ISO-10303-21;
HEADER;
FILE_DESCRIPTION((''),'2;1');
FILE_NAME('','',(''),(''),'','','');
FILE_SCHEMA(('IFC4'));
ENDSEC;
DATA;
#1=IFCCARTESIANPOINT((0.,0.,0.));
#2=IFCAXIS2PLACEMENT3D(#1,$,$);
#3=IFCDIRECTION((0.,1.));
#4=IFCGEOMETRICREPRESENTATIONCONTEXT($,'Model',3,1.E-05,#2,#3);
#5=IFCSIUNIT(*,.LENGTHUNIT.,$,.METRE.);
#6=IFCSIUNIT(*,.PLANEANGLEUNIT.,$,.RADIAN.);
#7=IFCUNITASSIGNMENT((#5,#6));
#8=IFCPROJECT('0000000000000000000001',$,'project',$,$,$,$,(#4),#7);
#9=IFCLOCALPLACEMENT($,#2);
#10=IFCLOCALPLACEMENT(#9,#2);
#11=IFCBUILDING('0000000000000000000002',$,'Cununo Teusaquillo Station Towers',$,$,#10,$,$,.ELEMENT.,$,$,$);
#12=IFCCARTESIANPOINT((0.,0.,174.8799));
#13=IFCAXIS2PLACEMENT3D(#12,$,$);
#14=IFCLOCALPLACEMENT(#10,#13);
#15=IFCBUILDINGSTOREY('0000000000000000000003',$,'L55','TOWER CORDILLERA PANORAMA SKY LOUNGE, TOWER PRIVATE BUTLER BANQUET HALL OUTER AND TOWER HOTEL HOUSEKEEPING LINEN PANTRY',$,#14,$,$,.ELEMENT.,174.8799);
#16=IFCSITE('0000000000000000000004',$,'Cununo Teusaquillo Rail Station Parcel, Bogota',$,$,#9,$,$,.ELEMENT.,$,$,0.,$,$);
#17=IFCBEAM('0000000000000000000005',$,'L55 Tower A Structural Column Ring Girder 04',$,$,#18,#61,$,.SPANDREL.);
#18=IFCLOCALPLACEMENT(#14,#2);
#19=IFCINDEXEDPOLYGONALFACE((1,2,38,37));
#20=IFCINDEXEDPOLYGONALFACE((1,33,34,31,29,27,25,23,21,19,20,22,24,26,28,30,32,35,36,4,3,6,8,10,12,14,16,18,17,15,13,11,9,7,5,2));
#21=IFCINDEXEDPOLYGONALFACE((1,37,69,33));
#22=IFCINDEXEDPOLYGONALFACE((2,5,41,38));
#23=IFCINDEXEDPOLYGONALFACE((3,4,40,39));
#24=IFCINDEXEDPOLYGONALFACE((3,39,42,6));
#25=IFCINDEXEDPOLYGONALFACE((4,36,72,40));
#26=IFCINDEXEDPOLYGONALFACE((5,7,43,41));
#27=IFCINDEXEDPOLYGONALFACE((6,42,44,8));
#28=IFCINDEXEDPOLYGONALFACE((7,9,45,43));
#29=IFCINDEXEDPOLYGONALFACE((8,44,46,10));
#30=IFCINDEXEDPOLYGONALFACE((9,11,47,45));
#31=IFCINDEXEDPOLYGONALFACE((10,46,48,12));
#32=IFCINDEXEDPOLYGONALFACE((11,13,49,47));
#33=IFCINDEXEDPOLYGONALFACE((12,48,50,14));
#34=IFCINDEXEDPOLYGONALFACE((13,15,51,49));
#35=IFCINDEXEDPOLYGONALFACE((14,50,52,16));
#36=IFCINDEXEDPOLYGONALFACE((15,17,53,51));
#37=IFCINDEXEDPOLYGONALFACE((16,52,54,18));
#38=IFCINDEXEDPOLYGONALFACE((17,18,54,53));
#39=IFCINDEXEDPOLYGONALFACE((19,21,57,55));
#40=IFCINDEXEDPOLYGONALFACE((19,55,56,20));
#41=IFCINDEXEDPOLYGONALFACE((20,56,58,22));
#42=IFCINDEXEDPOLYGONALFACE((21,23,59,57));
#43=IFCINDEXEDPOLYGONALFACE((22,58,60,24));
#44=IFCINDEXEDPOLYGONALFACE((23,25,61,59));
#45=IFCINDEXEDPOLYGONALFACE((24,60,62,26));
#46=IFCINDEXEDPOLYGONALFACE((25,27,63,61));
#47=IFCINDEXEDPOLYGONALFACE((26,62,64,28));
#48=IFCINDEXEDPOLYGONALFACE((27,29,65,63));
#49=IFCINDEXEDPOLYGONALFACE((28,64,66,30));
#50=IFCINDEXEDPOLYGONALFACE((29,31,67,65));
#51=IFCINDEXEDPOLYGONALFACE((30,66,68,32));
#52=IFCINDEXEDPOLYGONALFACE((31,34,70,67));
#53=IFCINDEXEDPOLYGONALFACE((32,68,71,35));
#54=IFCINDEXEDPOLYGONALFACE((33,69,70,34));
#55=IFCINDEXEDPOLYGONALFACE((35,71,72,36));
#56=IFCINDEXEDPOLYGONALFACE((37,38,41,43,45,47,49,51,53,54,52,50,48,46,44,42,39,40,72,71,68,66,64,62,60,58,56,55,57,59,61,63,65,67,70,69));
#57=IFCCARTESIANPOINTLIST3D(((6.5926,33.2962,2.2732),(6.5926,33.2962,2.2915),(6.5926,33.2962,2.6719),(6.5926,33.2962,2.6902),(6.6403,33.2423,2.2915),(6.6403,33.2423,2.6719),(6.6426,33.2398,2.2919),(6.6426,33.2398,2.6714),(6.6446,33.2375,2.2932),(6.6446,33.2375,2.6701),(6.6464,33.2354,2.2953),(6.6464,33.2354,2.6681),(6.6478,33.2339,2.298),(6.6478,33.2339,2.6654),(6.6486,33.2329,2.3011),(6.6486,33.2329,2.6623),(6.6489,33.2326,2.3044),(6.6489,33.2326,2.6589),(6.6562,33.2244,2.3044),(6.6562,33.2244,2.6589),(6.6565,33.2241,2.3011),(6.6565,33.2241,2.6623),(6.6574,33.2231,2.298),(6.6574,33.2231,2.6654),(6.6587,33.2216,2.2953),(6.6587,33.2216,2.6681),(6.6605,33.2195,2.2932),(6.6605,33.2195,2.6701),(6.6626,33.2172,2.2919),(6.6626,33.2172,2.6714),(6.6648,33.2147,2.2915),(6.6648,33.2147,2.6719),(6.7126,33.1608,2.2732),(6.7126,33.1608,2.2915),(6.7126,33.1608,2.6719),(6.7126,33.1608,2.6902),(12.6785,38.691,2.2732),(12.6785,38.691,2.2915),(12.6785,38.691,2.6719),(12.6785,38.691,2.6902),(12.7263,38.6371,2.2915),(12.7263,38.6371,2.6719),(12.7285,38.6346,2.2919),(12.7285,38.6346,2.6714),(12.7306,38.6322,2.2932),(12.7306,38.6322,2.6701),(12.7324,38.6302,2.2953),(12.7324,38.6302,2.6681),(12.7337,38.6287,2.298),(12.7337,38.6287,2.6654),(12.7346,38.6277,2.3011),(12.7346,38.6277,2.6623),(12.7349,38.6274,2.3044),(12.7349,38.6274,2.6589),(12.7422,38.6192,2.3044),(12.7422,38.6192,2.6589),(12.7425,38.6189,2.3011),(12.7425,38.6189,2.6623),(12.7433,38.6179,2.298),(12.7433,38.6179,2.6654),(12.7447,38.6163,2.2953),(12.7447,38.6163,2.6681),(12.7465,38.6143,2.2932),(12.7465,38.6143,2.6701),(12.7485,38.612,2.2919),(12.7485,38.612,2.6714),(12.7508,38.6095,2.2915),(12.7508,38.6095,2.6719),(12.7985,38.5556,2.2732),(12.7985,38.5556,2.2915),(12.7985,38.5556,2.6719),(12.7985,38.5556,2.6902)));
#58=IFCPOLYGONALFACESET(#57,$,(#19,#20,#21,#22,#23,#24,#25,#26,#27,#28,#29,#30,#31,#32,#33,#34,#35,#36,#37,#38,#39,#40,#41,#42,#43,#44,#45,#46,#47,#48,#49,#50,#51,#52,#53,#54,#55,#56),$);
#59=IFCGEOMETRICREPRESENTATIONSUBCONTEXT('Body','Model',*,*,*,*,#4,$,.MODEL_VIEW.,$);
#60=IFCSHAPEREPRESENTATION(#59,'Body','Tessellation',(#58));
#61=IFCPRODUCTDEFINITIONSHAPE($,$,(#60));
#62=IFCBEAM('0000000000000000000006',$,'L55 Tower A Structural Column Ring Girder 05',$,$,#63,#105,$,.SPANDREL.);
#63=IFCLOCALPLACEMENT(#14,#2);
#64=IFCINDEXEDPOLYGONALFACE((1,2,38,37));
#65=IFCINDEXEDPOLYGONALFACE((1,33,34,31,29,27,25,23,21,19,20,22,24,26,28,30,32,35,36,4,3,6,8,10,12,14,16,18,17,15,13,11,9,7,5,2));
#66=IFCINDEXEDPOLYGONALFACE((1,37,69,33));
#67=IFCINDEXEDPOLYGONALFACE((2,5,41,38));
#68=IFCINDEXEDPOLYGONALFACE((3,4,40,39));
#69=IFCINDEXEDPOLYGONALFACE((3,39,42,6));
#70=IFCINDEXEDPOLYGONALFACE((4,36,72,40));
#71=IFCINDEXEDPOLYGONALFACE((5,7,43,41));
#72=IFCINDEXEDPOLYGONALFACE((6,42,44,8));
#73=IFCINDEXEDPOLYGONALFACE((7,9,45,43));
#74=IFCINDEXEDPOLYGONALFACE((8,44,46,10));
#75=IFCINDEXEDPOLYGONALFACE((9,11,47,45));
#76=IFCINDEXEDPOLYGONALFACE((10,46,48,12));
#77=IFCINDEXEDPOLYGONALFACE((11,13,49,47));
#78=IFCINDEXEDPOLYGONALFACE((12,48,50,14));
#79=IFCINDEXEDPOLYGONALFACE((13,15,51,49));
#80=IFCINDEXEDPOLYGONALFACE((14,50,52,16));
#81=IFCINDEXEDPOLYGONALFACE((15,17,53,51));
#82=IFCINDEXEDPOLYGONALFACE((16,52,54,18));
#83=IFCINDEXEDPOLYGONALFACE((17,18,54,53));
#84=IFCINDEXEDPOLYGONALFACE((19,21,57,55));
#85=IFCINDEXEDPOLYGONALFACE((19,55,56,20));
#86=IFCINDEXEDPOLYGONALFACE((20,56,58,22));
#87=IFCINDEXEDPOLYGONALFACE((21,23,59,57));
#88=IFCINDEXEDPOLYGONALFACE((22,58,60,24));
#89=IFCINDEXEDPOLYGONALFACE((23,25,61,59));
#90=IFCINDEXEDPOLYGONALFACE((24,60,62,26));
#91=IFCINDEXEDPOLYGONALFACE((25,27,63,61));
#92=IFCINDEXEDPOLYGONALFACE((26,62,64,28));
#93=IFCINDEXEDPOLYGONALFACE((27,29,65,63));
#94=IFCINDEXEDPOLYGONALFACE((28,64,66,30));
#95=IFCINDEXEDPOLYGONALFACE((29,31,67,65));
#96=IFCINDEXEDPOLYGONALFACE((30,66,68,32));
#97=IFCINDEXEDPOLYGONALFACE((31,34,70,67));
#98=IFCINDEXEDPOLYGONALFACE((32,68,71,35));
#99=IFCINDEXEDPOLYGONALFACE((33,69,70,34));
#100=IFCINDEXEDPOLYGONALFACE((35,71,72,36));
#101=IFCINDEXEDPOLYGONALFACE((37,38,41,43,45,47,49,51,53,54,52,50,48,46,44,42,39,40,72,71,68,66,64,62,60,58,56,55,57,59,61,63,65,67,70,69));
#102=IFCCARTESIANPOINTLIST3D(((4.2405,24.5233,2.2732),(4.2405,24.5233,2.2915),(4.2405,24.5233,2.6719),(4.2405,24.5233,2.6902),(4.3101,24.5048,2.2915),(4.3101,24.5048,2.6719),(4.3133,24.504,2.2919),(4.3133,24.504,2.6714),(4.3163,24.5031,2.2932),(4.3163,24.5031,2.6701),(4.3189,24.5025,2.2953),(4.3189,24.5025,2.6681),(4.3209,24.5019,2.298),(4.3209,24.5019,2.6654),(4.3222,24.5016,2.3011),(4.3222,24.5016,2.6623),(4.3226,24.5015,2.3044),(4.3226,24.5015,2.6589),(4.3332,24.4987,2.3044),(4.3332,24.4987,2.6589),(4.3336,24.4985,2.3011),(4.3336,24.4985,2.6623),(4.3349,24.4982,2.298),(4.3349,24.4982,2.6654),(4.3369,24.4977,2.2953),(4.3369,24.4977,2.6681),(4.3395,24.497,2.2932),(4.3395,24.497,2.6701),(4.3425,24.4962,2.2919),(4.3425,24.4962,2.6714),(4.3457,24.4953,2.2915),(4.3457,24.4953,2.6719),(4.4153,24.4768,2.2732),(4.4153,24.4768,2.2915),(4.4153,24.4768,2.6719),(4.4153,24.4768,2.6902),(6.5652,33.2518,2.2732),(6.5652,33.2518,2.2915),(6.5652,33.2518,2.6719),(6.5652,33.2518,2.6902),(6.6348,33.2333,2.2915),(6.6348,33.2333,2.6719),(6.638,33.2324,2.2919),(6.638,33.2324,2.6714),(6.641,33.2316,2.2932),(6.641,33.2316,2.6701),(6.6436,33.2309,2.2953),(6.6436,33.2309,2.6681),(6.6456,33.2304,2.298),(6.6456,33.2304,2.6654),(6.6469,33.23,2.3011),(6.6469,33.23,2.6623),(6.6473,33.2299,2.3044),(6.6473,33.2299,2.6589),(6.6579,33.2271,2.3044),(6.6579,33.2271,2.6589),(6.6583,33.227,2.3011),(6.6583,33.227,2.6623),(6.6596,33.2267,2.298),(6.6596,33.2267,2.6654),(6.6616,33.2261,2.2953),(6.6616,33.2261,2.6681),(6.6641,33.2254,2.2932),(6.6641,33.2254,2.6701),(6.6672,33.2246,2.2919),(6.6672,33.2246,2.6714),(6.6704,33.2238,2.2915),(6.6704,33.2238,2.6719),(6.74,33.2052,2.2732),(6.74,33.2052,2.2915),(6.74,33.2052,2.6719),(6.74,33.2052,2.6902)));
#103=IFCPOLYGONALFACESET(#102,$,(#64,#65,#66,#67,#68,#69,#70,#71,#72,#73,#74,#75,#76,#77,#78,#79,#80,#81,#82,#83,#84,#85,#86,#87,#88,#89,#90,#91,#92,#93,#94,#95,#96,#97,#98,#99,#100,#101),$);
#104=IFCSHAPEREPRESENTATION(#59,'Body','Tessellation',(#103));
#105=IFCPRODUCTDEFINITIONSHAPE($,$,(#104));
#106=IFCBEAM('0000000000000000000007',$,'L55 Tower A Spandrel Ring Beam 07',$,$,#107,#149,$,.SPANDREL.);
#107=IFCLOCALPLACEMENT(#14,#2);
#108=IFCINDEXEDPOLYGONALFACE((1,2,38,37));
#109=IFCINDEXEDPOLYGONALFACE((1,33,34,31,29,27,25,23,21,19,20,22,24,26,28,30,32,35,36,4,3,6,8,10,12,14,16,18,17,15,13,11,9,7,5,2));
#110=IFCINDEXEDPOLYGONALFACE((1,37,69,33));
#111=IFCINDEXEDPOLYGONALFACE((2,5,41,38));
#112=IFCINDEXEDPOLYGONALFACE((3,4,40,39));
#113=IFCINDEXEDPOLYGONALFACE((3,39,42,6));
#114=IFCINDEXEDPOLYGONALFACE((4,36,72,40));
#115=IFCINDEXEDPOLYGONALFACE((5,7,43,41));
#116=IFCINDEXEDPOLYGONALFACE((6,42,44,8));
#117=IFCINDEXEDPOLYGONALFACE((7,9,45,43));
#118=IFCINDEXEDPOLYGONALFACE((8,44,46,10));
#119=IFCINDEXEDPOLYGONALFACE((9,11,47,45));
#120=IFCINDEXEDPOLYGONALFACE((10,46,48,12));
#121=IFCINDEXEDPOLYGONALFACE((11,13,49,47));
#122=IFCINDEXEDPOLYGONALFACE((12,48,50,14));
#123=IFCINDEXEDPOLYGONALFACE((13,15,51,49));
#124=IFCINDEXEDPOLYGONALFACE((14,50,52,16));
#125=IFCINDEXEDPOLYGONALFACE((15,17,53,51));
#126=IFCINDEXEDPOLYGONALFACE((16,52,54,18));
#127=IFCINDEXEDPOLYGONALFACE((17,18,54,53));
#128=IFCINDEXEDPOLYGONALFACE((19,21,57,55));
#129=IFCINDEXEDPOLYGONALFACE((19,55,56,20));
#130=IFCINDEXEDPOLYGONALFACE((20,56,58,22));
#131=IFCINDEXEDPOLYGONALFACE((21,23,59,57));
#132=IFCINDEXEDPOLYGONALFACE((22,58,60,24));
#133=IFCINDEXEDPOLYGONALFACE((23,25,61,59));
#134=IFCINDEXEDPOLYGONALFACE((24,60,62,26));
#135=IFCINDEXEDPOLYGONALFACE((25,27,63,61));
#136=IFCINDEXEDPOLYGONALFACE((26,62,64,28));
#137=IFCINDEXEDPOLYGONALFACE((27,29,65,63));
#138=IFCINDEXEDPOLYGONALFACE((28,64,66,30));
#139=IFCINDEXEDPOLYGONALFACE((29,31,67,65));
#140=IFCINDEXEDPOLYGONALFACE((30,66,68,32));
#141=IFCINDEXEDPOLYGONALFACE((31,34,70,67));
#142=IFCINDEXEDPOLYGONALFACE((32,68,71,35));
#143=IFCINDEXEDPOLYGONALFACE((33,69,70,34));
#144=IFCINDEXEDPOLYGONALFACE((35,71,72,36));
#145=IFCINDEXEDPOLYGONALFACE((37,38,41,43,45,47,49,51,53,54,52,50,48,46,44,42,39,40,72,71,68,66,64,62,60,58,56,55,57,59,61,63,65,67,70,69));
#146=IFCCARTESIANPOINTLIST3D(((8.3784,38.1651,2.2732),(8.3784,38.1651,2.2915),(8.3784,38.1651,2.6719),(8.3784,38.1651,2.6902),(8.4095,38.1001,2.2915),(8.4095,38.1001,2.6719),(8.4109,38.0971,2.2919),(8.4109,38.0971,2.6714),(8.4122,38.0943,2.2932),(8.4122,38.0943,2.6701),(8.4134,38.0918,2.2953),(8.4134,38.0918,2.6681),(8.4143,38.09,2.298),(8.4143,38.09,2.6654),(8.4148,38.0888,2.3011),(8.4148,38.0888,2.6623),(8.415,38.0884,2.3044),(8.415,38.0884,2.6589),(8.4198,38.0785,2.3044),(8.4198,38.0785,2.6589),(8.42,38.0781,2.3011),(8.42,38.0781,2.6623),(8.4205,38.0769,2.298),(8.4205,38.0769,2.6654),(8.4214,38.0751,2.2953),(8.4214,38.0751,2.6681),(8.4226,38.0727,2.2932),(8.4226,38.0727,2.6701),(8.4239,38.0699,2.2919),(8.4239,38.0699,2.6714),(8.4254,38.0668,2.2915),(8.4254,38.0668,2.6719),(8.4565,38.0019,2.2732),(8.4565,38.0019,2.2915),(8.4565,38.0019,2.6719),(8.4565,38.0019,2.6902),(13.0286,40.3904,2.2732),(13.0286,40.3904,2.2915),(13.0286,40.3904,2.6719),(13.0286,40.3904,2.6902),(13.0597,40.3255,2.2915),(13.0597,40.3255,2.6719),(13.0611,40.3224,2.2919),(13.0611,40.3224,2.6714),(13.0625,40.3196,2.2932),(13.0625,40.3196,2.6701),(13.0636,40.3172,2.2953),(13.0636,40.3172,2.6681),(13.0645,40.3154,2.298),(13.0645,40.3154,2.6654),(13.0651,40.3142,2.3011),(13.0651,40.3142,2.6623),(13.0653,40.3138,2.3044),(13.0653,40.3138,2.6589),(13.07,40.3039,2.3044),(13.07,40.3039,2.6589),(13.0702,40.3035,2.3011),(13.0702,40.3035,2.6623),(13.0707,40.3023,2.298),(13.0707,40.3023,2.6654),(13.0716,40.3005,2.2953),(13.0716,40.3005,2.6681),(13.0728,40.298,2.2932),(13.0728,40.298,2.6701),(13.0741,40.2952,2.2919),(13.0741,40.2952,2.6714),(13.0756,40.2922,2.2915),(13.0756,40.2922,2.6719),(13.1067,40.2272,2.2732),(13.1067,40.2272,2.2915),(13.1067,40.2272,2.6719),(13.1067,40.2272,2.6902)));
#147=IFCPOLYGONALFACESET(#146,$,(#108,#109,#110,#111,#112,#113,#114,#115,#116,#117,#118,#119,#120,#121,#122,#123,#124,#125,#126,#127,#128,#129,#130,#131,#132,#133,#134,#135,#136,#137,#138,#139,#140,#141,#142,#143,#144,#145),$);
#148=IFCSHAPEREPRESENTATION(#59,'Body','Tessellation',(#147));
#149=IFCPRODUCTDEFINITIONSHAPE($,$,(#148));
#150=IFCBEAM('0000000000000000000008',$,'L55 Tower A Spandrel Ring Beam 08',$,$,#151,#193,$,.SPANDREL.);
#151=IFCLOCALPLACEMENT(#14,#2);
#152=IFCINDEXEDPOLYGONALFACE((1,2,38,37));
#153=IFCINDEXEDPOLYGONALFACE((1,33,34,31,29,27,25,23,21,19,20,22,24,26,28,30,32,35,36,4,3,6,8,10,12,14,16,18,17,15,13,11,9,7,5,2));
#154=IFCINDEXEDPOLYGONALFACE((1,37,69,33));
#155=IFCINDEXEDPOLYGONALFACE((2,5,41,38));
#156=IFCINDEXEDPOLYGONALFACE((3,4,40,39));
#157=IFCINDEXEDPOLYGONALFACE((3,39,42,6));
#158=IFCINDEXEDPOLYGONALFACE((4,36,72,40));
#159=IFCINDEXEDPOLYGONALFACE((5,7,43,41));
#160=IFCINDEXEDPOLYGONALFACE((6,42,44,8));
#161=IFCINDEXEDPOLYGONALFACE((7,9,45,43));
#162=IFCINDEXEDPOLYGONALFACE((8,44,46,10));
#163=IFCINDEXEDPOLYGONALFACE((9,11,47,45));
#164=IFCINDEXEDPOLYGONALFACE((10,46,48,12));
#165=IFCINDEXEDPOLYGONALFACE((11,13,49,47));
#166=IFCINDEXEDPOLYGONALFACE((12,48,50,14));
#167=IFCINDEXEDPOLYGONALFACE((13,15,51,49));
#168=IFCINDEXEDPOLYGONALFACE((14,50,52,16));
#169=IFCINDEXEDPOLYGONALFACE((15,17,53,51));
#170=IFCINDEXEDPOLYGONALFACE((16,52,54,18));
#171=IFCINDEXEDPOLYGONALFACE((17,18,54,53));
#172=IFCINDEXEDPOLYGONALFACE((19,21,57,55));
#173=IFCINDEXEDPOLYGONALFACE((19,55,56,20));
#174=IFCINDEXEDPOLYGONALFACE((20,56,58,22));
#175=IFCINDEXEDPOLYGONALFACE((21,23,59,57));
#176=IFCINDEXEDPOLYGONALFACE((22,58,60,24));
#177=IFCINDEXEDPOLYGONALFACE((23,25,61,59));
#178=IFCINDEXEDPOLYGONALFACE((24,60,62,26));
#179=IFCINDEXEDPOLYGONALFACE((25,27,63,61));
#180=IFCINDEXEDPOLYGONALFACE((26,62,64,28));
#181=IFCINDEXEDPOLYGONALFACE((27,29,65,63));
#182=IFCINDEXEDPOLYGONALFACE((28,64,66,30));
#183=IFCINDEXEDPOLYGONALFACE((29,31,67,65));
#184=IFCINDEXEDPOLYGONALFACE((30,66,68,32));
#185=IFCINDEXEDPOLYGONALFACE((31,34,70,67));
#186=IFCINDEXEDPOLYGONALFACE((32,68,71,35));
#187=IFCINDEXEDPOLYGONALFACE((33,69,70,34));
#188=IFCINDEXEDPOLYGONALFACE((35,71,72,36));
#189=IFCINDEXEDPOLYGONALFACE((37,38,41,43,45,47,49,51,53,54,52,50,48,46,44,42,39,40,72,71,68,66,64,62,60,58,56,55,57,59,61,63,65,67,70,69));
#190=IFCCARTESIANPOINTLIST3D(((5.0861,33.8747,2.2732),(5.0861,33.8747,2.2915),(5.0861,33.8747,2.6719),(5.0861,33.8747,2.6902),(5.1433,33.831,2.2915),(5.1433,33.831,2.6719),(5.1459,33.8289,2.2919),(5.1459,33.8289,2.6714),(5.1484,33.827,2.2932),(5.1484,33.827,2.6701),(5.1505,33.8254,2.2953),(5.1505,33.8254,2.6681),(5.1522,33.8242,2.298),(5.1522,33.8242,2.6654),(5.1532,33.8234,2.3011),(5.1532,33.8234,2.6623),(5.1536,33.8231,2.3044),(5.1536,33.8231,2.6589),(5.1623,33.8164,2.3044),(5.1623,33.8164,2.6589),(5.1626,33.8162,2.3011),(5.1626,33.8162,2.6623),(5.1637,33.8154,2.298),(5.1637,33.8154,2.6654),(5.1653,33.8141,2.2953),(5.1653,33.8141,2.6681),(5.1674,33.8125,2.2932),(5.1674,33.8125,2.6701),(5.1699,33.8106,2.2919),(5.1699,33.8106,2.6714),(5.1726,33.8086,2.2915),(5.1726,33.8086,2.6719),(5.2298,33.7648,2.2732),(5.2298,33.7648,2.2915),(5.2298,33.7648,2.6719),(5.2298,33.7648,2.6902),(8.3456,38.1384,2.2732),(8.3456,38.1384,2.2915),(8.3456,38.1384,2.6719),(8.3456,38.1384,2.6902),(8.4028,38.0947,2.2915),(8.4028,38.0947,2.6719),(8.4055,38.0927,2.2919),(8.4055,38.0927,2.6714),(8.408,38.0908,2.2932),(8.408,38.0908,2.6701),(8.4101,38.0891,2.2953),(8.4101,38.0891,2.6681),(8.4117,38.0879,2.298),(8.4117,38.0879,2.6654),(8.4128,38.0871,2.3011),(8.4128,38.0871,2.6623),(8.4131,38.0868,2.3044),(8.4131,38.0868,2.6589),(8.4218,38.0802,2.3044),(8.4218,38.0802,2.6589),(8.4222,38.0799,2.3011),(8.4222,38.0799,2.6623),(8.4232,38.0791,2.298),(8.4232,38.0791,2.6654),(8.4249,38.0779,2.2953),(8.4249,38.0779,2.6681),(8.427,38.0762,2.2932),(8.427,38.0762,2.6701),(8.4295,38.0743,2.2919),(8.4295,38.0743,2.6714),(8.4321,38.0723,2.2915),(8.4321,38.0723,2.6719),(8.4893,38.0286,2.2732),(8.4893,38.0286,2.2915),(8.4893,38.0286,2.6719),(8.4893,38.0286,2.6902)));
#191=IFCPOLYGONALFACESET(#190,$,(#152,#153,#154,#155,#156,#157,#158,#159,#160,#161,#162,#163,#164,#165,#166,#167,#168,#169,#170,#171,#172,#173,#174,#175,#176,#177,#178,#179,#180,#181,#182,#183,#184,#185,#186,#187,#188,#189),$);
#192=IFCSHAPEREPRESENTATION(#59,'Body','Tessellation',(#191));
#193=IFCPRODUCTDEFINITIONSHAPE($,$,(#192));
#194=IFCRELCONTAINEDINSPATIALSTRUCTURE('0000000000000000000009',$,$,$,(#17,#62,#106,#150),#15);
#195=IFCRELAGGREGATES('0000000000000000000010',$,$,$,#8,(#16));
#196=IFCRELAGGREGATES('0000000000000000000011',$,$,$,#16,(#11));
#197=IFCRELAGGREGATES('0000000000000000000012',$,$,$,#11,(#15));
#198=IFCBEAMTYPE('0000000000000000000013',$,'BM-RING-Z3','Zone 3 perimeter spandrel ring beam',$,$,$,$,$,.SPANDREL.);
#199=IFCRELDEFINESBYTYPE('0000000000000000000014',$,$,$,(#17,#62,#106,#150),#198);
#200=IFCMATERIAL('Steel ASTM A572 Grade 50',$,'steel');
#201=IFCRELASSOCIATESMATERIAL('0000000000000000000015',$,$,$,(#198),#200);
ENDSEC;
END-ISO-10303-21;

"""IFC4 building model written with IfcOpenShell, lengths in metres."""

from ifc_helpers import new_model, si_unit, direction, frame, origin, origin_2d, place, context, subcontext, project, spatial, i_section, extrude, material, material_profile, profile_set, type_object, element, save


model = new_model("IFC4")

# Units and contexts
model_context = context("Model", 3, precision=1e-05, world=origin(), true_north=direction((0.0, 1.0)))
body_context = subcontext(model_context, "Body", "Model", "MODEL_VIEW")
ifc_project = project(units=[si_unit("LENGTHUNIT", "METRE"), si_unit("PLANEANGLEUNIT", "RADIAN")], contexts=[model_context])

# Site, building, storey
site_placement = place(None, origin())
site = spatial("IfcSite", under=ifc_project, at=site_placement, Name="Cununo Teusaquillo Rail Station Parcel, Bogota", CompositionType="ELEMENT", RefElevation=0.0)
building_placement = place(site_placement, origin())
building = spatial("IfcBuilding", under=site, at=building_placement, Name="Cununo Teusaquillo Station Towers", CompositionType="ELEMENT")
storey_placement = place(building_placement, frame((0.0, 0.0, 174.8799)))
storey = spatial("IfcBuildingStorey", under=building, at=storey_placement, Name="L55", Description="TOWER CORDILLERA PANORAMA SKY LOUNGE, TOWER PRIVATE BUTLER BANQUET HALL OUTER AND TOWER HOTEL HOUSEKEEPING LINEN PANTRY", CompositionType="ELEMENT", Elevation=174.8799)

# Beams
ifc_material_1 = material(Name="Steel ASTM A572 Grade 50", Category="steel")
ifc_material_profile_1 = material_profile(ifc_material_1, i_section(OverallWidth=0.1809, OverallDepth=0.417, WebThickness=0.011, FlangeThickness=0.0183, FilletRadius=0.0129, at=origin_2d()), Name="W16X57")
ifc_profile_set_1 = profile_set([ifc_material_profile_1], Name="Steel ASTM A572 Grade 50")
beam_type_1 = type_object("IfcBeamType", Name="BM-RING-Z3", Description="Zone 3 perimeter spandrel ring beam", PredefinedType="SPANDREL", material=ifc_profile_set_1)
beam_1_placement = place(storey_placement, frame((12.7385, 38.6233, 2.4817), z_axis=(-0.748321, -0.663337, 0.0), x_axis=(0.663337, -0.748321, 0.0)))
element("IfcBeam", 1, at=beam_1_placement, inside=storey, type_object=beam_type_1, Name="L55 Tower A Structural Column Ring Girder 04", PredefinedType="SPANDREL", context=body_context, shape_type="SweptSolid", body=[
    extrude(i_section(OverallWidth=0.1809, OverallDepth=0.417, WebThickness=0.011, FlangeThickness=0.0183, FilletRadius=0.0129, at=origin_2d()), origin(), (0.0, 0.0, 1.0), 8.1328),
])
beam_2_placement = place(storey_placement, frame((6.6526, 33.2285, 2.4817), z_axis=(-0.257363, -0.966315, 0.0), x_axis=(0.966315, -0.257363, 0.0)))
element("IfcBeam", 2, at=beam_2_placement, inside=storey, type_object=beam_type_1, Name="L55 Tower A Structural Column Ring Girder 05", PredefinedType="SPANDREL", context=body_context, shape_type="SweptSolid", body=[
    extrude(i_section(OverallWidth=0.1809, OverallDepth=0.417, WebThickness=0.011, FlangeThickness=0.0183, FilletRadius=0.0129, at=origin_2d()), origin(), (0.0, 0.0, 1.0), 9.0327),
])
beam_3_placement = place(storey_placement, frame((13.0676, 40.3088, 2.4817), z_axis=(-0.902032, -0.43167, 0.0), x_axis=(0.43167, -0.902032, 0.0)))
element("IfcBeam", 3, at=beam_3_placement, inside=storey, type_object=beam_type_1, Name="L55 Tower A Spandrel Ring Beam 07", PredefinedType="SPANDREL", context=body_context, shape_type="SweptSolid", body=[
    extrude(i_section(OverallWidth=0.1809, OverallDepth=0.417, WebThickness=0.011, FlangeThickness=0.0183, FilletRadius=0.0129, at=origin_2d()), origin(), (0.0, 0.0, 1.0), 5.1553),
])
beam_4_placement = place(storey_placement, frame((8.4175, 38.0835, 2.4817), z_axis=(-0.60734, -0.794442, 0.0), x_axis=(0.794442, -0.60734, 0.0)))
element("IfcBeam", 4, at=beam_4_placement, inside=storey, type_object=beam_type_1, Name="L55 Tower A Spandrel Ring Beam 08", PredefinedType="SPANDREL", context=body_context, shape_type="SweptSolid", body=[
    extrude(i_section(OverallWidth=0.1809, OverallDepth=0.417, WebThickness=0.011, FlangeThickness=0.0183, FilletRadius=0.0129, at=origin_2d()), origin(), (0.0, 0.0, 1.0), 5.3669),
])

save(model, "model.ifc")
